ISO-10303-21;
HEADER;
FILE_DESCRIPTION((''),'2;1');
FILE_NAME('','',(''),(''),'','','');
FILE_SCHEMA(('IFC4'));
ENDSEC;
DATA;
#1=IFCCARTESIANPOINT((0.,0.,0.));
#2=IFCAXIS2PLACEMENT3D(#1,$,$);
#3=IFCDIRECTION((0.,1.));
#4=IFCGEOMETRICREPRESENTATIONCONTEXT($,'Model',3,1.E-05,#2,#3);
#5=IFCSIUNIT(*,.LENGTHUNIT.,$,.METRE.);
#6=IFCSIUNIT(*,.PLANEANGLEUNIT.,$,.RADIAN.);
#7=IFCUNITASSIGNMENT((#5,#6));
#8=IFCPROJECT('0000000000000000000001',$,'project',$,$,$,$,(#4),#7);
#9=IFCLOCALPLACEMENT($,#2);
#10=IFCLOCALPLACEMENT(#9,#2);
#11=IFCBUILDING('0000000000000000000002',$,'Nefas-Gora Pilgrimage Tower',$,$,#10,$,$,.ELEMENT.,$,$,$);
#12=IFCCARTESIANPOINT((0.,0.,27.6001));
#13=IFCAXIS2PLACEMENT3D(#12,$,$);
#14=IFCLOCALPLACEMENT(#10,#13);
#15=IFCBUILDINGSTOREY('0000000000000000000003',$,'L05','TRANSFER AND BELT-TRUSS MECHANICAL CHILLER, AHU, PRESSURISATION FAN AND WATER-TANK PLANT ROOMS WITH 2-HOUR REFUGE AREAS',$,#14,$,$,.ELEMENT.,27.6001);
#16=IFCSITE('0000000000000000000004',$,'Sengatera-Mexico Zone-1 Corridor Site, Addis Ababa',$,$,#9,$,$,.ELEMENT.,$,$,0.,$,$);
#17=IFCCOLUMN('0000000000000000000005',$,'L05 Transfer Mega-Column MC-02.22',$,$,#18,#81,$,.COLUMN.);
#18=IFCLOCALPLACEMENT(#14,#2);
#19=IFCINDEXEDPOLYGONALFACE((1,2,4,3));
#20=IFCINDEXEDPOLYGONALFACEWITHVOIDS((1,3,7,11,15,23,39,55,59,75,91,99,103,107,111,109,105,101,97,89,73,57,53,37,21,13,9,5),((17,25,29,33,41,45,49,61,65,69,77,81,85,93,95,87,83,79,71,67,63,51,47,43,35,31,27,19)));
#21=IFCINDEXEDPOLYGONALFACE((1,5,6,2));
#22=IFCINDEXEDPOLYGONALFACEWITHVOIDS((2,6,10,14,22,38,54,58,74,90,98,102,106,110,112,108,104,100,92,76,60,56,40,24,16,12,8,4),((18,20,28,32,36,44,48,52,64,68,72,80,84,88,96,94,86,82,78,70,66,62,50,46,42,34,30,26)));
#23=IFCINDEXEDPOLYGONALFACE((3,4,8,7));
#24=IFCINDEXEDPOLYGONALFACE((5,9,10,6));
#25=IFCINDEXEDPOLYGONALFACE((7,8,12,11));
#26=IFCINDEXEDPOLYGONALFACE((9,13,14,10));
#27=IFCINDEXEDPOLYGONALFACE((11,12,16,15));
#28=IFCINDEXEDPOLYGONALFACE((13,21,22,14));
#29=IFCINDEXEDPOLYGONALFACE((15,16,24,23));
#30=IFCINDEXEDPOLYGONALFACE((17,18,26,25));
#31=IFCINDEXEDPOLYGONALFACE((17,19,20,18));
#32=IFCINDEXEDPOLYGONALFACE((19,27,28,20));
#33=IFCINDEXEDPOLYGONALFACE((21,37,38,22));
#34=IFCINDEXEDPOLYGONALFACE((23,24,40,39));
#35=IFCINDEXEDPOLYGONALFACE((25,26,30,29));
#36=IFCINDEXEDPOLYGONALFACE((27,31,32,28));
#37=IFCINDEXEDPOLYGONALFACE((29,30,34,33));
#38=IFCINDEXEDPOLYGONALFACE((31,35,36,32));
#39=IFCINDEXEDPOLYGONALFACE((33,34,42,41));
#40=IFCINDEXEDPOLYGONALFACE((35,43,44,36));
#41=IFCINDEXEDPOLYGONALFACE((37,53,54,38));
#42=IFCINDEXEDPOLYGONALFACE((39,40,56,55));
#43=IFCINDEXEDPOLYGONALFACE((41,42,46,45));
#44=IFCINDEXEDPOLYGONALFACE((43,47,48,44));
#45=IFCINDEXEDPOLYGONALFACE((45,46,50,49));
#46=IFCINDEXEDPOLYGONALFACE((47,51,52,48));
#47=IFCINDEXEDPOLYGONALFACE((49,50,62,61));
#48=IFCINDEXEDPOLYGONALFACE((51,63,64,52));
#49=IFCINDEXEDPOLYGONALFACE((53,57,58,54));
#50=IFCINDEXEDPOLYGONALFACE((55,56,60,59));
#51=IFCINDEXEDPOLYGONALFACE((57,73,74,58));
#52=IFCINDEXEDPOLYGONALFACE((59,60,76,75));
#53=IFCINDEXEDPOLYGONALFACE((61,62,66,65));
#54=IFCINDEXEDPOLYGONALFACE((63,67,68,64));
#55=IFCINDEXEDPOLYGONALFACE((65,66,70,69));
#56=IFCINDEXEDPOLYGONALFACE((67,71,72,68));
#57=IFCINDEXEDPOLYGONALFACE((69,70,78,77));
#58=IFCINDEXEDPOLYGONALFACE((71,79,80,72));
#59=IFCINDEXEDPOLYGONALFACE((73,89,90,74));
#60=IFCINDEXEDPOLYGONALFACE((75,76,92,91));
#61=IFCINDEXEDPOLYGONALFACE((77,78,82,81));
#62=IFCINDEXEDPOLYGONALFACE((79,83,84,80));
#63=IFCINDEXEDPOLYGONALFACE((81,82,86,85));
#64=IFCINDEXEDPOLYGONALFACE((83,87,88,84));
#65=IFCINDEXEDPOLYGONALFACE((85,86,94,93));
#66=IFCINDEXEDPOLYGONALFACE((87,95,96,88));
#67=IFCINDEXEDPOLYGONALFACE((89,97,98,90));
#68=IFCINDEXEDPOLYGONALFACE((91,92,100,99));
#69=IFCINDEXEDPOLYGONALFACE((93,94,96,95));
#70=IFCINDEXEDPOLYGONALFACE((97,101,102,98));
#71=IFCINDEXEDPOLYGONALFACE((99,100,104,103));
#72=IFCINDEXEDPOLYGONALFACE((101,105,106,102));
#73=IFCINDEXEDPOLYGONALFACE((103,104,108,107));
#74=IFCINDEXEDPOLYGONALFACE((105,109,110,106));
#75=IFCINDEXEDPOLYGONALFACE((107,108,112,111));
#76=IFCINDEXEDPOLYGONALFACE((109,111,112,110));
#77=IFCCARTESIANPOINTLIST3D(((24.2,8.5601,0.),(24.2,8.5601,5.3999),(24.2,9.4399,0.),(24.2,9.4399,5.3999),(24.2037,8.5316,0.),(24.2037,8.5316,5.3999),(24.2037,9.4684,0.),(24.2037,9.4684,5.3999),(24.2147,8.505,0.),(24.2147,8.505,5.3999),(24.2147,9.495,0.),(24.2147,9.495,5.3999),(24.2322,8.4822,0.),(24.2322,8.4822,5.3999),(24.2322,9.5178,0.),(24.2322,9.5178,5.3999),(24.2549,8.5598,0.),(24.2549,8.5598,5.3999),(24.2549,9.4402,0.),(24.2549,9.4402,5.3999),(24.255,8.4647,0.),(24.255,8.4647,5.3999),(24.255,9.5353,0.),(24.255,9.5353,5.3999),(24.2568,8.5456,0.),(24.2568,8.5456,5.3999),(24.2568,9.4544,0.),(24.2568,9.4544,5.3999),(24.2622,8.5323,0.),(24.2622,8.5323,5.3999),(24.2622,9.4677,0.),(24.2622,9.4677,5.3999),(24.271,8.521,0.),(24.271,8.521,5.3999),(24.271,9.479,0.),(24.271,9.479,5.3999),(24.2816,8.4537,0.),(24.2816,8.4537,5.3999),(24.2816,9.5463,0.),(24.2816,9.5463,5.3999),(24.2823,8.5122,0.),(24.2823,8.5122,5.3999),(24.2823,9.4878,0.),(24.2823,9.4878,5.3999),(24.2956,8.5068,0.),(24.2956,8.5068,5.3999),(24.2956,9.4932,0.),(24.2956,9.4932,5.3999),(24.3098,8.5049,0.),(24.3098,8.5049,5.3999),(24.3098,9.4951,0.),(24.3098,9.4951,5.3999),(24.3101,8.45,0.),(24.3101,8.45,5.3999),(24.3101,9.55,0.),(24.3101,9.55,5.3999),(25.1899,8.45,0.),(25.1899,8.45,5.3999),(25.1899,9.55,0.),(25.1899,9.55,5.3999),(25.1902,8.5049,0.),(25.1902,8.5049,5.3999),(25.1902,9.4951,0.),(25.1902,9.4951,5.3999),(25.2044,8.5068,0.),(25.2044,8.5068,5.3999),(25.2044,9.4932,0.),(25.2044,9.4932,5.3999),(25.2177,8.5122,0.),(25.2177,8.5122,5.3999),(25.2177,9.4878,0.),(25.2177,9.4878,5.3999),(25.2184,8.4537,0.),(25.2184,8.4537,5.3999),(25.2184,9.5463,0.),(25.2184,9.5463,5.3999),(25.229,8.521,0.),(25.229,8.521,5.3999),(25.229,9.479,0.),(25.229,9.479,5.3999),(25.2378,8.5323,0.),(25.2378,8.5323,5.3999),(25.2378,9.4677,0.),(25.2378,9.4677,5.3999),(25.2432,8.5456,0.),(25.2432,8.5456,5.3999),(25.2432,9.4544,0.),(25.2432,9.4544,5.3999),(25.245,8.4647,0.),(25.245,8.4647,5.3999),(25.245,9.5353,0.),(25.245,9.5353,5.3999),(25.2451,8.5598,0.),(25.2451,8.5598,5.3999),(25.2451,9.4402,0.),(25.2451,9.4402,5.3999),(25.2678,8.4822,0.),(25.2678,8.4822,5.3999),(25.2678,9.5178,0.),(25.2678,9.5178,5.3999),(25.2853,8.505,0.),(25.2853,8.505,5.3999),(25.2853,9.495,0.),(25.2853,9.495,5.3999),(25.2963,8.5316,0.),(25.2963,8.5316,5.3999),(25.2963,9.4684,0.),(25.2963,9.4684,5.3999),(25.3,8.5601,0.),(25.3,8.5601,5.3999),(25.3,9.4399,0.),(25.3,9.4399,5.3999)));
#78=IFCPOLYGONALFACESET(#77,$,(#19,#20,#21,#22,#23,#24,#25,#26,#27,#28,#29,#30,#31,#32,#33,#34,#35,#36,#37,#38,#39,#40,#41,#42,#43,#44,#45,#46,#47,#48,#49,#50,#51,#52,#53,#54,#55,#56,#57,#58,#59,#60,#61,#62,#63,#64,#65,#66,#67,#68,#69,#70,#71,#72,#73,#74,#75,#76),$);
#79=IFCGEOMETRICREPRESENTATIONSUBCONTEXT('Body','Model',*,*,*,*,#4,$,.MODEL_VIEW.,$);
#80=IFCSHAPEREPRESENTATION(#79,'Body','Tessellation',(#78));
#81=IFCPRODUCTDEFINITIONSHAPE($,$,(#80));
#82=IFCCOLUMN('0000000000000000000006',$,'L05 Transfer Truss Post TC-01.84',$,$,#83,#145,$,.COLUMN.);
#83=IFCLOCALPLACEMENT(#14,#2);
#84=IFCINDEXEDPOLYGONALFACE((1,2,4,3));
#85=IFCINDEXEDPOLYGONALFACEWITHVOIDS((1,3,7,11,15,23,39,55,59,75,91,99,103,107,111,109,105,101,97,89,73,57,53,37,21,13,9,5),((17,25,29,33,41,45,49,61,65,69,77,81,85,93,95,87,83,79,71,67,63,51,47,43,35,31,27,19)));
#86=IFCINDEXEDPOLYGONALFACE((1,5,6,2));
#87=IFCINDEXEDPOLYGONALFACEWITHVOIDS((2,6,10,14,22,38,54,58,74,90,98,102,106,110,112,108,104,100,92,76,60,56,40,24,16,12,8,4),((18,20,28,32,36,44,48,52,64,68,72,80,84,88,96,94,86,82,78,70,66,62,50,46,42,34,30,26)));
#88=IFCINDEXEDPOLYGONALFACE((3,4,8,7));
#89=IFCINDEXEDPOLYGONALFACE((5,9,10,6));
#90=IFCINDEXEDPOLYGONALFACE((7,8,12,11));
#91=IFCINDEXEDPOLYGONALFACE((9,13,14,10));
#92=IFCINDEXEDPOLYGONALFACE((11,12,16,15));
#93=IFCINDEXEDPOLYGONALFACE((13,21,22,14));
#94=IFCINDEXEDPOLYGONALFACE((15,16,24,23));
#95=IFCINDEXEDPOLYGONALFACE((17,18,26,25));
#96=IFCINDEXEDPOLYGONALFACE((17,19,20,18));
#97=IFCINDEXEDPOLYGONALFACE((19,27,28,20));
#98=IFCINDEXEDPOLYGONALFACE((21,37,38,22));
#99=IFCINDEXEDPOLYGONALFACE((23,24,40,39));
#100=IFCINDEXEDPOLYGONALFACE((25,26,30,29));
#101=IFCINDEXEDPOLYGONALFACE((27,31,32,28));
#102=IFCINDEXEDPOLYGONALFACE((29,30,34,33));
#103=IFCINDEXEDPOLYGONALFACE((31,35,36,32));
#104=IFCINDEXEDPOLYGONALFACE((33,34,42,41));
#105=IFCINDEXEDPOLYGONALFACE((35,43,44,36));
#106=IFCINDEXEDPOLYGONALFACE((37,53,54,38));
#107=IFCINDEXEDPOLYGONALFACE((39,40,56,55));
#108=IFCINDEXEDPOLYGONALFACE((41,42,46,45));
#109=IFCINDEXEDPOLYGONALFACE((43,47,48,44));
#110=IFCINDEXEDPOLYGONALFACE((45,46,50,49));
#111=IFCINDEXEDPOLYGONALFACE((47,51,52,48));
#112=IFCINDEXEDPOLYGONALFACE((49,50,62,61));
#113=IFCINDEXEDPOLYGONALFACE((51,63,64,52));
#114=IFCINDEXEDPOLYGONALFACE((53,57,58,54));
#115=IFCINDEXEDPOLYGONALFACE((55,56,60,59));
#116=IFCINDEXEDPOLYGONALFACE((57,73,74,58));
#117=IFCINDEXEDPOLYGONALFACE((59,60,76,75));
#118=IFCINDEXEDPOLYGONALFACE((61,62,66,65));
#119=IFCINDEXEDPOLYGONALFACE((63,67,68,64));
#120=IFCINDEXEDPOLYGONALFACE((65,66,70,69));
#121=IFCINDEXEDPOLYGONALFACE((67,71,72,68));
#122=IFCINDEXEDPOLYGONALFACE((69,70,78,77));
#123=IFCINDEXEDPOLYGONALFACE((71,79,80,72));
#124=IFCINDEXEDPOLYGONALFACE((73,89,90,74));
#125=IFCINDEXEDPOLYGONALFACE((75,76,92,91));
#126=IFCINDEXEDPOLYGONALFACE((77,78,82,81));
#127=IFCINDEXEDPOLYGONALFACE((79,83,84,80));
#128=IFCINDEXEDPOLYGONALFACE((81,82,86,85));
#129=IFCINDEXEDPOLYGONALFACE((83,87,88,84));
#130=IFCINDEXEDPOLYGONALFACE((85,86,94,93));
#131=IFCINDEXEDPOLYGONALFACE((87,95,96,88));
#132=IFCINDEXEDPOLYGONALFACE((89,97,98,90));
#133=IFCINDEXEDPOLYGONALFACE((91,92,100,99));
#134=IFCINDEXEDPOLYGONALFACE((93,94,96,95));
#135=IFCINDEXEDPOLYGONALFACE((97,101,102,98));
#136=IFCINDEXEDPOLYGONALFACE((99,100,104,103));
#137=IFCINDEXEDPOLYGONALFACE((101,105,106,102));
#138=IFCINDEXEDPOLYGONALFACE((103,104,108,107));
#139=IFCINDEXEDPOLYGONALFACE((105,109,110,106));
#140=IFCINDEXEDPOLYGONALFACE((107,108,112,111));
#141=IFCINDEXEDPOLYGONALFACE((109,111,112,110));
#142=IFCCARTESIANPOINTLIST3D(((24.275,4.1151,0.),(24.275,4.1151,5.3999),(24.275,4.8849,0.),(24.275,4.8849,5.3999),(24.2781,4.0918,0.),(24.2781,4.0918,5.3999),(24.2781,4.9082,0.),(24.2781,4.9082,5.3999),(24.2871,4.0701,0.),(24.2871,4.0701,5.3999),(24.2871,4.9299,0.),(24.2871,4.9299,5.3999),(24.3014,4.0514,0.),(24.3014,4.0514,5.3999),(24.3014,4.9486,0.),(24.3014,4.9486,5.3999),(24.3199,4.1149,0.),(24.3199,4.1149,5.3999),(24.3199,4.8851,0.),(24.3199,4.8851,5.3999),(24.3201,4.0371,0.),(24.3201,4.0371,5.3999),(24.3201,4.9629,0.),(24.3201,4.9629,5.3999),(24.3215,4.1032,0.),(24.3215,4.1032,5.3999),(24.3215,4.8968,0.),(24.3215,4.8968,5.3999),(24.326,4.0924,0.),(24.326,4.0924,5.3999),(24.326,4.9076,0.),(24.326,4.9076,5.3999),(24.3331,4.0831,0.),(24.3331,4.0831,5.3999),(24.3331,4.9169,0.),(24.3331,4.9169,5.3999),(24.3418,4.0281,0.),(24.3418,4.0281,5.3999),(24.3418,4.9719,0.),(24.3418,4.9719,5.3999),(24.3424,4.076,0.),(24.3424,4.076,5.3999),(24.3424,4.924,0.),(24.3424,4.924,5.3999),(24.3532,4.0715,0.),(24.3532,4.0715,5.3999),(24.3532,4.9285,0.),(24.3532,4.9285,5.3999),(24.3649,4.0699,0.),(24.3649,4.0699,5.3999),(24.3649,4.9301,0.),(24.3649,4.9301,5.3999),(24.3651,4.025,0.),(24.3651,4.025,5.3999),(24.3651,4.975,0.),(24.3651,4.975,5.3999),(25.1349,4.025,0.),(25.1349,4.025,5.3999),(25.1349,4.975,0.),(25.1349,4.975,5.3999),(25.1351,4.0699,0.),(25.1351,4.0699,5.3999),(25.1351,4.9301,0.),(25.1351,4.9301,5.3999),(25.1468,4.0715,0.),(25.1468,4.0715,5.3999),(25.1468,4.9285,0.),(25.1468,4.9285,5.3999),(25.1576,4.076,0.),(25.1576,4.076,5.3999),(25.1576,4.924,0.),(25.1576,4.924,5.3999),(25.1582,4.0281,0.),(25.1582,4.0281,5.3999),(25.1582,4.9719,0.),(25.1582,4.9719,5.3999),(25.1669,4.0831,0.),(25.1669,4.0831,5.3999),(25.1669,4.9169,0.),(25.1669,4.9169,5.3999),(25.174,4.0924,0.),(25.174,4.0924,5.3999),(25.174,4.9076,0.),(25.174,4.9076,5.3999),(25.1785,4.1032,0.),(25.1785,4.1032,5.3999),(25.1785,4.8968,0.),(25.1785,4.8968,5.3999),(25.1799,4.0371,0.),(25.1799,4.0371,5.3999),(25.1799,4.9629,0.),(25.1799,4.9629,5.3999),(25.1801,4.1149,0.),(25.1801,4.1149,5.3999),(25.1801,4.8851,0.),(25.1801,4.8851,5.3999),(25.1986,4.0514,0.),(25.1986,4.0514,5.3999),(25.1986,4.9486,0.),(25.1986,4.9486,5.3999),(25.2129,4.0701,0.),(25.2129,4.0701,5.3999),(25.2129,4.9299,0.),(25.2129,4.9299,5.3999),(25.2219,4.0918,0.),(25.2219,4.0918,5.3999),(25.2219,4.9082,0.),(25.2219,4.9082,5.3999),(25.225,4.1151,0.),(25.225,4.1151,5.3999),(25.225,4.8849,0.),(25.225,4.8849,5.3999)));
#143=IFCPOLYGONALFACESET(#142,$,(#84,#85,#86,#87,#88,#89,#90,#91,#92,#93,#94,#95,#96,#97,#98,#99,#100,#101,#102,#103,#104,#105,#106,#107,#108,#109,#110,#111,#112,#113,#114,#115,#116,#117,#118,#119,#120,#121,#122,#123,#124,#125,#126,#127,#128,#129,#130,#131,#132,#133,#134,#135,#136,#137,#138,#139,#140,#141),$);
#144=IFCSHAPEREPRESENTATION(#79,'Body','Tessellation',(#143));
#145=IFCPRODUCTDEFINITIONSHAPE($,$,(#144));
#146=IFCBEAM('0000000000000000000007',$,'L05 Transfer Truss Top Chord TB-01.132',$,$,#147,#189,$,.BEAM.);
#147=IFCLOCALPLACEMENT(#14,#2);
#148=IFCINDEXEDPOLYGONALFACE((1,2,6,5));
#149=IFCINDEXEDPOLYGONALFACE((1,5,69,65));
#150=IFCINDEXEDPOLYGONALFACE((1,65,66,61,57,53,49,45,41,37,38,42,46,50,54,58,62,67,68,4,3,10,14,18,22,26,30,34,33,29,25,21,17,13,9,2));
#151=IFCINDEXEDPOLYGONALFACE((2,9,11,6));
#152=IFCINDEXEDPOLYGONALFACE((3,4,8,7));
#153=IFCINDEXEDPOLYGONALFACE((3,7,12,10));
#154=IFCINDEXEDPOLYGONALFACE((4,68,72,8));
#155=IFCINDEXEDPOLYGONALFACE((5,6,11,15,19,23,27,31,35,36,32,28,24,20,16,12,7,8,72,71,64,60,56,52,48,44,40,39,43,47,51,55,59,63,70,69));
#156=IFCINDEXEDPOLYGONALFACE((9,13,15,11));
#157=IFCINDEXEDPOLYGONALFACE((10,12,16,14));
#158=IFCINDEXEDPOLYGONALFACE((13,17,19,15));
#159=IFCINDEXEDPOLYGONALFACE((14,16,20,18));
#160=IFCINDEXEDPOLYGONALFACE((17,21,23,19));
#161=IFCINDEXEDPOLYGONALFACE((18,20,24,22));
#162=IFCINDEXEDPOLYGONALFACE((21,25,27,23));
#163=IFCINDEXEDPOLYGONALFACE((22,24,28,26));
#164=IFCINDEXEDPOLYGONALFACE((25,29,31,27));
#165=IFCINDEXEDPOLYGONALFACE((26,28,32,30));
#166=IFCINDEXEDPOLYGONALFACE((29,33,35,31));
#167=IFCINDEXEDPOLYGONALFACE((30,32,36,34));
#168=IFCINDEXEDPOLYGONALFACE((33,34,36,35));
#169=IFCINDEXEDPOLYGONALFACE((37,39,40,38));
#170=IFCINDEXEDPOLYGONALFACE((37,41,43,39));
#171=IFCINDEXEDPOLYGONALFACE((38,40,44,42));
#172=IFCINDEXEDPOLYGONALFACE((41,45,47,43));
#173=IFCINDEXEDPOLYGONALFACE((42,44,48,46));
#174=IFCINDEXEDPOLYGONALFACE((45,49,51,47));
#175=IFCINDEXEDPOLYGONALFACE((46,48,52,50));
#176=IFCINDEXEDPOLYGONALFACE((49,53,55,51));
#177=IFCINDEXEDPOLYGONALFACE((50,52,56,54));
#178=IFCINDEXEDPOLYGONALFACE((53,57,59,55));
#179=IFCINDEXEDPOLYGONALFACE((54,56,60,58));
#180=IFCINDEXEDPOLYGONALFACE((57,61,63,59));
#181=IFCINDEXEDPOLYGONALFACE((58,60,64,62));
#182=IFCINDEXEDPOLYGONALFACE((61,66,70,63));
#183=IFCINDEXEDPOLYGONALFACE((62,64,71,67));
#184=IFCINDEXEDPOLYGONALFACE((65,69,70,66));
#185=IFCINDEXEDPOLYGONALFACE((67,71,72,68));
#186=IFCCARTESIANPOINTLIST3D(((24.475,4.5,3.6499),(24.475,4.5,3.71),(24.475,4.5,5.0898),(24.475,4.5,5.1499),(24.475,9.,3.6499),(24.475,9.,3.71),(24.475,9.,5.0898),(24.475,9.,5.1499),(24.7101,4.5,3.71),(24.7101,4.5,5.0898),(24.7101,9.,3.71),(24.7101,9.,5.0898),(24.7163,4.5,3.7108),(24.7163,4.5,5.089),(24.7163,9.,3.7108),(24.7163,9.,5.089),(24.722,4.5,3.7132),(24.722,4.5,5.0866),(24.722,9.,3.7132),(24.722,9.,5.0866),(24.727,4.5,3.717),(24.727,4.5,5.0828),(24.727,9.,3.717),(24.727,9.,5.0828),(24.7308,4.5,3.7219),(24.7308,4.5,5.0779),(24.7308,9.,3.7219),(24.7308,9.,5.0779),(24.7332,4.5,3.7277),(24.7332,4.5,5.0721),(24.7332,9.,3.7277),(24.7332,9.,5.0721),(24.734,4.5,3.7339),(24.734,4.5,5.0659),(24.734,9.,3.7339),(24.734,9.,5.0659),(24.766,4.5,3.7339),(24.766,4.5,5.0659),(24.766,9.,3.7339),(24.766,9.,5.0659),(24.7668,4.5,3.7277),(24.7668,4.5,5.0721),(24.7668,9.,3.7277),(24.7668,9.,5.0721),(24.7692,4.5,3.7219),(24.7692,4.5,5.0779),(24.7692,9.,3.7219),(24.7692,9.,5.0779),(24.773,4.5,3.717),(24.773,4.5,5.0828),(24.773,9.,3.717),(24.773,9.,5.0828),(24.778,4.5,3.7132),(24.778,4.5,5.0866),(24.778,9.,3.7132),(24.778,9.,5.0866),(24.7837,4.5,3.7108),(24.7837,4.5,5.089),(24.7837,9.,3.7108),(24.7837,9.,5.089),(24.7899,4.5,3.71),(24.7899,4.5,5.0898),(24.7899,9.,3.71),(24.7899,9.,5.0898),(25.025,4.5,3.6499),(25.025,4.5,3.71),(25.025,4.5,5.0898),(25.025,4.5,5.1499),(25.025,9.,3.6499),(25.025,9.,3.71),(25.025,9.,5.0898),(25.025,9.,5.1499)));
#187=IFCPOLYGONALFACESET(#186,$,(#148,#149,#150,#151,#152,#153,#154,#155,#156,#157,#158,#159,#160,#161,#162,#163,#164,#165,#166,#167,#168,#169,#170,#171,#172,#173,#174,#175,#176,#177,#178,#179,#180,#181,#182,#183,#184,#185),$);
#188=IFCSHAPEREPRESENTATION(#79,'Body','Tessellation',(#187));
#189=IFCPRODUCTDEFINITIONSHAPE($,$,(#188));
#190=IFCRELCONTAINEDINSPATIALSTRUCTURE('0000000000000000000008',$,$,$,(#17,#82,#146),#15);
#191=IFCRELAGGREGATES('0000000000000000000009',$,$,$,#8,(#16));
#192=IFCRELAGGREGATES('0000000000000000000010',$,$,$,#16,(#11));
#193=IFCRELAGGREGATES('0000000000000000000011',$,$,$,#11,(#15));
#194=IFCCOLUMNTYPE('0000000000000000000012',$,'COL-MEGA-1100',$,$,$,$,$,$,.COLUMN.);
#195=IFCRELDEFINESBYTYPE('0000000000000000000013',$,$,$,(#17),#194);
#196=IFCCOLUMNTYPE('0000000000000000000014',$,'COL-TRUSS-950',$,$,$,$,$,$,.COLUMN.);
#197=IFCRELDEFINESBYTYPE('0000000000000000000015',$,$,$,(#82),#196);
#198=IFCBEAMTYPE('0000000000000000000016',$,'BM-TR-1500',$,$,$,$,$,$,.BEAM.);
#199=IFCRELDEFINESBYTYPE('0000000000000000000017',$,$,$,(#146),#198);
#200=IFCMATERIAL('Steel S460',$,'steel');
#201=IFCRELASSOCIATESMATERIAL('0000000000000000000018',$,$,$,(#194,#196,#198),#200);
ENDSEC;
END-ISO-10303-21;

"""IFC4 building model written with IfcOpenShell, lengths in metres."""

from ifc_helpers import new_model, si_unit, direction, frame, origin, origin_2d, place, context, subcontext, project, spatial, hollow_rectangle, i_section, extrude, source, transform, mapped, material, material_profile, profile_set, type_object, element, save


model = new_model("IFC4")

# Units and contexts
model_context = context("Model", 3, precision=1e-05, world=origin(), true_north=direction((0.0, 1.0)))
body_context = subcontext(model_context, "Body", "Model", "MODEL_VIEW")
ifc_project = project(units=[si_unit("LENGTHUNIT", "METRE"), si_unit("PLANEANGLEUNIT", "RADIAN")], contexts=[model_context])

# Site, building, storey
site_placement = place(None, origin())
site = spatial("IfcSite", under=ifc_project, at=site_placement, Name="Sengatera-Mexico Zone-1 Corridor Site, Addis Ababa", CompositionType="ELEMENT", RefElevation=0.0)
building_placement = place(site_placement, origin())
building = spatial("IfcBuilding", under=site, at=building_placement, Name="Nefas-Gora Pilgrimage Tower", CompositionType="ELEMENT")
storey_placement = place(building_placement, frame((0.0, 0.0, 27.6001)))
storey = spatial("IfcBuildingStorey", under=building, at=storey_placement, Name="L05", Description="TRANSFER AND BELT-TRUSS MECHANICAL CHILLER, AHU, PRESSURISATION FAN AND WATER-TANK PLANT ROOMS WITH 2-HOUR REFUGE AREAS", CompositionType="ELEMENT", Elevation=27.6001)

# Columns
ifc_material = material(Name="Steel S460", Category="steel")
ifc_material_profile_1 = material_profile(ifc_material, hollow_rectangle(XDim=1.1001, YDim=1.1001, WallThickness=0.0549, InnerFilletRadius=0.0549, OuterFilletRadius=0.1101, at=origin_2d()), Name="BOX 1100x1100x55")
ifc_profile_set_1 = profile_set([ifc_material_profile_1], Name="Steel S460")
column_type_1 = type_object("IfcColumnType", Name="COL-MEGA-1100", PredefinedType="COLUMN", material=ifc_profile_set_1)
shared_shape_1 = source(origin(), body_context, "Body", "SweptSolid", [
    extrude(hollow_rectangle(XDim=1.1001, YDim=1.1001, WallThickness=0.0549, InnerFilletRadius=0.0549, OuterFilletRadius=0.1101, at=origin_2d()), origin(), (0.0, 0.0, 1.0), 5.3999),
])
column_1_placement = place(storey_placement, frame((24.75, 9.0, 0.0), z_axis=(0.0, 0.0, 1.0), x_axis=(1.0, 0.0, 0.0)))
element("IfcColumn", 1, at=column_1_placement, inside=storey, type_object=column_type_1, Name="L05 Transfer Mega-Column MC-02.22", PredefinedType="COLUMN", context=body_context, shape_type="MappedRepresentation", body=[
    mapped(shared_shape_1, transform((0.0, 0.0, 0.0), x_axis=(1.0, 0.0, 0.0), y_axis=(0.0, 1.0, 0.0), z_axis=(0.0, 0.0, 1.0), scale=1.0)),
])
ifc_material_profile_2 = material_profile(ifc_material, hollow_rectangle(XDim=0.95, YDim=0.95, WallThickness=0.0449, InnerFilletRadius=0.0449, OuterFilletRadius=0.0901, at=origin_2d()), Name="BOX 950x950x45")
ifc_profile_set_2 = profile_set([ifc_material_profile_2], Name="Steel S460")
column_type_2 = type_object("IfcColumnType", Name="COL-TRUSS-950", PredefinedType="COLUMN", material=ifc_profile_set_2)
shared_shape_2 = source(origin(), body_context, "Body", "SweptSolid", [
    extrude(hollow_rectangle(XDim=0.95, YDim=0.95, WallThickness=0.0449, InnerFilletRadius=0.0449, OuterFilletRadius=0.0901, at=origin_2d()), origin(), (0.0, 0.0, 1.0), 5.3999),
])
column_2_placement = place(storey_placement, frame((24.75, 4.5, 0.0), z_axis=(0.0, 0.0, 1.0), x_axis=(1.0, 0.0, 0.0)))
element("IfcColumn", 2, at=column_2_placement, inside=storey, type_object=column_type_2, Name="L05 Transfer Truss Post TC-01.84", PredefinedType="COLUMN", context=body_context, shape_type="MappedRepresentation", body=[
    mapped(shared_shape_2, transform((0.0, 0.0, 0.0), x_axis=(1.0, 0.0, 0.0), y_axis=(0.0, 1.0, 0.0), z_axis=(0.0, 0.0, 1.0), scale=1.0)),
])

# Beam
ifc_material_profile_3 = material_profile(ifc_material, i_section(OverallWidth=0.55, OverallDepth=1.5, WebThickness=0.032, FlangeThickness=0.0601, FilletRadius=0.0239, at=origin_2d()), Name="WPG 1500x550x32x60")
ifc_profile_set_3 = profile_set([ifc_material_profile_3], Name="Steel S460")
beam_type_1 = type_object("IfcBeamType", Name="BM-TR-1500", PredefinedType="BEAM", material=ifc_profile_set_3)
shared_shape_3 = source(origin(), body_context, "Body", "SweptSolid", [
    extrude(i_section(OverallWidth=0.55, OverallDepth=1.5, WebThickness=0.032, FlangeThickness=0.0601, FilletRadius=0.0239, at=origin_2d()), origin(), (0.0, 0.0, 1.0), 4.5),
])
for number, where, z_axis, x_axis, name in (
    (3, (24.75, 4.5, 4.3999), (0.0, 1.0, 0.0), (-1.0, 0.0, 0.0), "L05 Transfer Truss Top Chord TB-01.132"),
):
    element("IfcBeam", number, at=place(storey_placement, frame(where, z_axis=z_axis, x_axis=x_axis)), inside=storey, type_object=beam_type_1, Name=name, PredefinedType="BEAM", context=body_context, shape_type="MappedRepresentation", body=[
        mapped(shared_shape_3, transform((0.0, 0.0, 0.0), x_axis=(1.0, 0.0, 0.0), y_axis=(0.0, 1.0, 0.0), z_axis=(0.0, 0.0, 1.0), scale=1.0)),
    ])

save(model, "model.ifc")
